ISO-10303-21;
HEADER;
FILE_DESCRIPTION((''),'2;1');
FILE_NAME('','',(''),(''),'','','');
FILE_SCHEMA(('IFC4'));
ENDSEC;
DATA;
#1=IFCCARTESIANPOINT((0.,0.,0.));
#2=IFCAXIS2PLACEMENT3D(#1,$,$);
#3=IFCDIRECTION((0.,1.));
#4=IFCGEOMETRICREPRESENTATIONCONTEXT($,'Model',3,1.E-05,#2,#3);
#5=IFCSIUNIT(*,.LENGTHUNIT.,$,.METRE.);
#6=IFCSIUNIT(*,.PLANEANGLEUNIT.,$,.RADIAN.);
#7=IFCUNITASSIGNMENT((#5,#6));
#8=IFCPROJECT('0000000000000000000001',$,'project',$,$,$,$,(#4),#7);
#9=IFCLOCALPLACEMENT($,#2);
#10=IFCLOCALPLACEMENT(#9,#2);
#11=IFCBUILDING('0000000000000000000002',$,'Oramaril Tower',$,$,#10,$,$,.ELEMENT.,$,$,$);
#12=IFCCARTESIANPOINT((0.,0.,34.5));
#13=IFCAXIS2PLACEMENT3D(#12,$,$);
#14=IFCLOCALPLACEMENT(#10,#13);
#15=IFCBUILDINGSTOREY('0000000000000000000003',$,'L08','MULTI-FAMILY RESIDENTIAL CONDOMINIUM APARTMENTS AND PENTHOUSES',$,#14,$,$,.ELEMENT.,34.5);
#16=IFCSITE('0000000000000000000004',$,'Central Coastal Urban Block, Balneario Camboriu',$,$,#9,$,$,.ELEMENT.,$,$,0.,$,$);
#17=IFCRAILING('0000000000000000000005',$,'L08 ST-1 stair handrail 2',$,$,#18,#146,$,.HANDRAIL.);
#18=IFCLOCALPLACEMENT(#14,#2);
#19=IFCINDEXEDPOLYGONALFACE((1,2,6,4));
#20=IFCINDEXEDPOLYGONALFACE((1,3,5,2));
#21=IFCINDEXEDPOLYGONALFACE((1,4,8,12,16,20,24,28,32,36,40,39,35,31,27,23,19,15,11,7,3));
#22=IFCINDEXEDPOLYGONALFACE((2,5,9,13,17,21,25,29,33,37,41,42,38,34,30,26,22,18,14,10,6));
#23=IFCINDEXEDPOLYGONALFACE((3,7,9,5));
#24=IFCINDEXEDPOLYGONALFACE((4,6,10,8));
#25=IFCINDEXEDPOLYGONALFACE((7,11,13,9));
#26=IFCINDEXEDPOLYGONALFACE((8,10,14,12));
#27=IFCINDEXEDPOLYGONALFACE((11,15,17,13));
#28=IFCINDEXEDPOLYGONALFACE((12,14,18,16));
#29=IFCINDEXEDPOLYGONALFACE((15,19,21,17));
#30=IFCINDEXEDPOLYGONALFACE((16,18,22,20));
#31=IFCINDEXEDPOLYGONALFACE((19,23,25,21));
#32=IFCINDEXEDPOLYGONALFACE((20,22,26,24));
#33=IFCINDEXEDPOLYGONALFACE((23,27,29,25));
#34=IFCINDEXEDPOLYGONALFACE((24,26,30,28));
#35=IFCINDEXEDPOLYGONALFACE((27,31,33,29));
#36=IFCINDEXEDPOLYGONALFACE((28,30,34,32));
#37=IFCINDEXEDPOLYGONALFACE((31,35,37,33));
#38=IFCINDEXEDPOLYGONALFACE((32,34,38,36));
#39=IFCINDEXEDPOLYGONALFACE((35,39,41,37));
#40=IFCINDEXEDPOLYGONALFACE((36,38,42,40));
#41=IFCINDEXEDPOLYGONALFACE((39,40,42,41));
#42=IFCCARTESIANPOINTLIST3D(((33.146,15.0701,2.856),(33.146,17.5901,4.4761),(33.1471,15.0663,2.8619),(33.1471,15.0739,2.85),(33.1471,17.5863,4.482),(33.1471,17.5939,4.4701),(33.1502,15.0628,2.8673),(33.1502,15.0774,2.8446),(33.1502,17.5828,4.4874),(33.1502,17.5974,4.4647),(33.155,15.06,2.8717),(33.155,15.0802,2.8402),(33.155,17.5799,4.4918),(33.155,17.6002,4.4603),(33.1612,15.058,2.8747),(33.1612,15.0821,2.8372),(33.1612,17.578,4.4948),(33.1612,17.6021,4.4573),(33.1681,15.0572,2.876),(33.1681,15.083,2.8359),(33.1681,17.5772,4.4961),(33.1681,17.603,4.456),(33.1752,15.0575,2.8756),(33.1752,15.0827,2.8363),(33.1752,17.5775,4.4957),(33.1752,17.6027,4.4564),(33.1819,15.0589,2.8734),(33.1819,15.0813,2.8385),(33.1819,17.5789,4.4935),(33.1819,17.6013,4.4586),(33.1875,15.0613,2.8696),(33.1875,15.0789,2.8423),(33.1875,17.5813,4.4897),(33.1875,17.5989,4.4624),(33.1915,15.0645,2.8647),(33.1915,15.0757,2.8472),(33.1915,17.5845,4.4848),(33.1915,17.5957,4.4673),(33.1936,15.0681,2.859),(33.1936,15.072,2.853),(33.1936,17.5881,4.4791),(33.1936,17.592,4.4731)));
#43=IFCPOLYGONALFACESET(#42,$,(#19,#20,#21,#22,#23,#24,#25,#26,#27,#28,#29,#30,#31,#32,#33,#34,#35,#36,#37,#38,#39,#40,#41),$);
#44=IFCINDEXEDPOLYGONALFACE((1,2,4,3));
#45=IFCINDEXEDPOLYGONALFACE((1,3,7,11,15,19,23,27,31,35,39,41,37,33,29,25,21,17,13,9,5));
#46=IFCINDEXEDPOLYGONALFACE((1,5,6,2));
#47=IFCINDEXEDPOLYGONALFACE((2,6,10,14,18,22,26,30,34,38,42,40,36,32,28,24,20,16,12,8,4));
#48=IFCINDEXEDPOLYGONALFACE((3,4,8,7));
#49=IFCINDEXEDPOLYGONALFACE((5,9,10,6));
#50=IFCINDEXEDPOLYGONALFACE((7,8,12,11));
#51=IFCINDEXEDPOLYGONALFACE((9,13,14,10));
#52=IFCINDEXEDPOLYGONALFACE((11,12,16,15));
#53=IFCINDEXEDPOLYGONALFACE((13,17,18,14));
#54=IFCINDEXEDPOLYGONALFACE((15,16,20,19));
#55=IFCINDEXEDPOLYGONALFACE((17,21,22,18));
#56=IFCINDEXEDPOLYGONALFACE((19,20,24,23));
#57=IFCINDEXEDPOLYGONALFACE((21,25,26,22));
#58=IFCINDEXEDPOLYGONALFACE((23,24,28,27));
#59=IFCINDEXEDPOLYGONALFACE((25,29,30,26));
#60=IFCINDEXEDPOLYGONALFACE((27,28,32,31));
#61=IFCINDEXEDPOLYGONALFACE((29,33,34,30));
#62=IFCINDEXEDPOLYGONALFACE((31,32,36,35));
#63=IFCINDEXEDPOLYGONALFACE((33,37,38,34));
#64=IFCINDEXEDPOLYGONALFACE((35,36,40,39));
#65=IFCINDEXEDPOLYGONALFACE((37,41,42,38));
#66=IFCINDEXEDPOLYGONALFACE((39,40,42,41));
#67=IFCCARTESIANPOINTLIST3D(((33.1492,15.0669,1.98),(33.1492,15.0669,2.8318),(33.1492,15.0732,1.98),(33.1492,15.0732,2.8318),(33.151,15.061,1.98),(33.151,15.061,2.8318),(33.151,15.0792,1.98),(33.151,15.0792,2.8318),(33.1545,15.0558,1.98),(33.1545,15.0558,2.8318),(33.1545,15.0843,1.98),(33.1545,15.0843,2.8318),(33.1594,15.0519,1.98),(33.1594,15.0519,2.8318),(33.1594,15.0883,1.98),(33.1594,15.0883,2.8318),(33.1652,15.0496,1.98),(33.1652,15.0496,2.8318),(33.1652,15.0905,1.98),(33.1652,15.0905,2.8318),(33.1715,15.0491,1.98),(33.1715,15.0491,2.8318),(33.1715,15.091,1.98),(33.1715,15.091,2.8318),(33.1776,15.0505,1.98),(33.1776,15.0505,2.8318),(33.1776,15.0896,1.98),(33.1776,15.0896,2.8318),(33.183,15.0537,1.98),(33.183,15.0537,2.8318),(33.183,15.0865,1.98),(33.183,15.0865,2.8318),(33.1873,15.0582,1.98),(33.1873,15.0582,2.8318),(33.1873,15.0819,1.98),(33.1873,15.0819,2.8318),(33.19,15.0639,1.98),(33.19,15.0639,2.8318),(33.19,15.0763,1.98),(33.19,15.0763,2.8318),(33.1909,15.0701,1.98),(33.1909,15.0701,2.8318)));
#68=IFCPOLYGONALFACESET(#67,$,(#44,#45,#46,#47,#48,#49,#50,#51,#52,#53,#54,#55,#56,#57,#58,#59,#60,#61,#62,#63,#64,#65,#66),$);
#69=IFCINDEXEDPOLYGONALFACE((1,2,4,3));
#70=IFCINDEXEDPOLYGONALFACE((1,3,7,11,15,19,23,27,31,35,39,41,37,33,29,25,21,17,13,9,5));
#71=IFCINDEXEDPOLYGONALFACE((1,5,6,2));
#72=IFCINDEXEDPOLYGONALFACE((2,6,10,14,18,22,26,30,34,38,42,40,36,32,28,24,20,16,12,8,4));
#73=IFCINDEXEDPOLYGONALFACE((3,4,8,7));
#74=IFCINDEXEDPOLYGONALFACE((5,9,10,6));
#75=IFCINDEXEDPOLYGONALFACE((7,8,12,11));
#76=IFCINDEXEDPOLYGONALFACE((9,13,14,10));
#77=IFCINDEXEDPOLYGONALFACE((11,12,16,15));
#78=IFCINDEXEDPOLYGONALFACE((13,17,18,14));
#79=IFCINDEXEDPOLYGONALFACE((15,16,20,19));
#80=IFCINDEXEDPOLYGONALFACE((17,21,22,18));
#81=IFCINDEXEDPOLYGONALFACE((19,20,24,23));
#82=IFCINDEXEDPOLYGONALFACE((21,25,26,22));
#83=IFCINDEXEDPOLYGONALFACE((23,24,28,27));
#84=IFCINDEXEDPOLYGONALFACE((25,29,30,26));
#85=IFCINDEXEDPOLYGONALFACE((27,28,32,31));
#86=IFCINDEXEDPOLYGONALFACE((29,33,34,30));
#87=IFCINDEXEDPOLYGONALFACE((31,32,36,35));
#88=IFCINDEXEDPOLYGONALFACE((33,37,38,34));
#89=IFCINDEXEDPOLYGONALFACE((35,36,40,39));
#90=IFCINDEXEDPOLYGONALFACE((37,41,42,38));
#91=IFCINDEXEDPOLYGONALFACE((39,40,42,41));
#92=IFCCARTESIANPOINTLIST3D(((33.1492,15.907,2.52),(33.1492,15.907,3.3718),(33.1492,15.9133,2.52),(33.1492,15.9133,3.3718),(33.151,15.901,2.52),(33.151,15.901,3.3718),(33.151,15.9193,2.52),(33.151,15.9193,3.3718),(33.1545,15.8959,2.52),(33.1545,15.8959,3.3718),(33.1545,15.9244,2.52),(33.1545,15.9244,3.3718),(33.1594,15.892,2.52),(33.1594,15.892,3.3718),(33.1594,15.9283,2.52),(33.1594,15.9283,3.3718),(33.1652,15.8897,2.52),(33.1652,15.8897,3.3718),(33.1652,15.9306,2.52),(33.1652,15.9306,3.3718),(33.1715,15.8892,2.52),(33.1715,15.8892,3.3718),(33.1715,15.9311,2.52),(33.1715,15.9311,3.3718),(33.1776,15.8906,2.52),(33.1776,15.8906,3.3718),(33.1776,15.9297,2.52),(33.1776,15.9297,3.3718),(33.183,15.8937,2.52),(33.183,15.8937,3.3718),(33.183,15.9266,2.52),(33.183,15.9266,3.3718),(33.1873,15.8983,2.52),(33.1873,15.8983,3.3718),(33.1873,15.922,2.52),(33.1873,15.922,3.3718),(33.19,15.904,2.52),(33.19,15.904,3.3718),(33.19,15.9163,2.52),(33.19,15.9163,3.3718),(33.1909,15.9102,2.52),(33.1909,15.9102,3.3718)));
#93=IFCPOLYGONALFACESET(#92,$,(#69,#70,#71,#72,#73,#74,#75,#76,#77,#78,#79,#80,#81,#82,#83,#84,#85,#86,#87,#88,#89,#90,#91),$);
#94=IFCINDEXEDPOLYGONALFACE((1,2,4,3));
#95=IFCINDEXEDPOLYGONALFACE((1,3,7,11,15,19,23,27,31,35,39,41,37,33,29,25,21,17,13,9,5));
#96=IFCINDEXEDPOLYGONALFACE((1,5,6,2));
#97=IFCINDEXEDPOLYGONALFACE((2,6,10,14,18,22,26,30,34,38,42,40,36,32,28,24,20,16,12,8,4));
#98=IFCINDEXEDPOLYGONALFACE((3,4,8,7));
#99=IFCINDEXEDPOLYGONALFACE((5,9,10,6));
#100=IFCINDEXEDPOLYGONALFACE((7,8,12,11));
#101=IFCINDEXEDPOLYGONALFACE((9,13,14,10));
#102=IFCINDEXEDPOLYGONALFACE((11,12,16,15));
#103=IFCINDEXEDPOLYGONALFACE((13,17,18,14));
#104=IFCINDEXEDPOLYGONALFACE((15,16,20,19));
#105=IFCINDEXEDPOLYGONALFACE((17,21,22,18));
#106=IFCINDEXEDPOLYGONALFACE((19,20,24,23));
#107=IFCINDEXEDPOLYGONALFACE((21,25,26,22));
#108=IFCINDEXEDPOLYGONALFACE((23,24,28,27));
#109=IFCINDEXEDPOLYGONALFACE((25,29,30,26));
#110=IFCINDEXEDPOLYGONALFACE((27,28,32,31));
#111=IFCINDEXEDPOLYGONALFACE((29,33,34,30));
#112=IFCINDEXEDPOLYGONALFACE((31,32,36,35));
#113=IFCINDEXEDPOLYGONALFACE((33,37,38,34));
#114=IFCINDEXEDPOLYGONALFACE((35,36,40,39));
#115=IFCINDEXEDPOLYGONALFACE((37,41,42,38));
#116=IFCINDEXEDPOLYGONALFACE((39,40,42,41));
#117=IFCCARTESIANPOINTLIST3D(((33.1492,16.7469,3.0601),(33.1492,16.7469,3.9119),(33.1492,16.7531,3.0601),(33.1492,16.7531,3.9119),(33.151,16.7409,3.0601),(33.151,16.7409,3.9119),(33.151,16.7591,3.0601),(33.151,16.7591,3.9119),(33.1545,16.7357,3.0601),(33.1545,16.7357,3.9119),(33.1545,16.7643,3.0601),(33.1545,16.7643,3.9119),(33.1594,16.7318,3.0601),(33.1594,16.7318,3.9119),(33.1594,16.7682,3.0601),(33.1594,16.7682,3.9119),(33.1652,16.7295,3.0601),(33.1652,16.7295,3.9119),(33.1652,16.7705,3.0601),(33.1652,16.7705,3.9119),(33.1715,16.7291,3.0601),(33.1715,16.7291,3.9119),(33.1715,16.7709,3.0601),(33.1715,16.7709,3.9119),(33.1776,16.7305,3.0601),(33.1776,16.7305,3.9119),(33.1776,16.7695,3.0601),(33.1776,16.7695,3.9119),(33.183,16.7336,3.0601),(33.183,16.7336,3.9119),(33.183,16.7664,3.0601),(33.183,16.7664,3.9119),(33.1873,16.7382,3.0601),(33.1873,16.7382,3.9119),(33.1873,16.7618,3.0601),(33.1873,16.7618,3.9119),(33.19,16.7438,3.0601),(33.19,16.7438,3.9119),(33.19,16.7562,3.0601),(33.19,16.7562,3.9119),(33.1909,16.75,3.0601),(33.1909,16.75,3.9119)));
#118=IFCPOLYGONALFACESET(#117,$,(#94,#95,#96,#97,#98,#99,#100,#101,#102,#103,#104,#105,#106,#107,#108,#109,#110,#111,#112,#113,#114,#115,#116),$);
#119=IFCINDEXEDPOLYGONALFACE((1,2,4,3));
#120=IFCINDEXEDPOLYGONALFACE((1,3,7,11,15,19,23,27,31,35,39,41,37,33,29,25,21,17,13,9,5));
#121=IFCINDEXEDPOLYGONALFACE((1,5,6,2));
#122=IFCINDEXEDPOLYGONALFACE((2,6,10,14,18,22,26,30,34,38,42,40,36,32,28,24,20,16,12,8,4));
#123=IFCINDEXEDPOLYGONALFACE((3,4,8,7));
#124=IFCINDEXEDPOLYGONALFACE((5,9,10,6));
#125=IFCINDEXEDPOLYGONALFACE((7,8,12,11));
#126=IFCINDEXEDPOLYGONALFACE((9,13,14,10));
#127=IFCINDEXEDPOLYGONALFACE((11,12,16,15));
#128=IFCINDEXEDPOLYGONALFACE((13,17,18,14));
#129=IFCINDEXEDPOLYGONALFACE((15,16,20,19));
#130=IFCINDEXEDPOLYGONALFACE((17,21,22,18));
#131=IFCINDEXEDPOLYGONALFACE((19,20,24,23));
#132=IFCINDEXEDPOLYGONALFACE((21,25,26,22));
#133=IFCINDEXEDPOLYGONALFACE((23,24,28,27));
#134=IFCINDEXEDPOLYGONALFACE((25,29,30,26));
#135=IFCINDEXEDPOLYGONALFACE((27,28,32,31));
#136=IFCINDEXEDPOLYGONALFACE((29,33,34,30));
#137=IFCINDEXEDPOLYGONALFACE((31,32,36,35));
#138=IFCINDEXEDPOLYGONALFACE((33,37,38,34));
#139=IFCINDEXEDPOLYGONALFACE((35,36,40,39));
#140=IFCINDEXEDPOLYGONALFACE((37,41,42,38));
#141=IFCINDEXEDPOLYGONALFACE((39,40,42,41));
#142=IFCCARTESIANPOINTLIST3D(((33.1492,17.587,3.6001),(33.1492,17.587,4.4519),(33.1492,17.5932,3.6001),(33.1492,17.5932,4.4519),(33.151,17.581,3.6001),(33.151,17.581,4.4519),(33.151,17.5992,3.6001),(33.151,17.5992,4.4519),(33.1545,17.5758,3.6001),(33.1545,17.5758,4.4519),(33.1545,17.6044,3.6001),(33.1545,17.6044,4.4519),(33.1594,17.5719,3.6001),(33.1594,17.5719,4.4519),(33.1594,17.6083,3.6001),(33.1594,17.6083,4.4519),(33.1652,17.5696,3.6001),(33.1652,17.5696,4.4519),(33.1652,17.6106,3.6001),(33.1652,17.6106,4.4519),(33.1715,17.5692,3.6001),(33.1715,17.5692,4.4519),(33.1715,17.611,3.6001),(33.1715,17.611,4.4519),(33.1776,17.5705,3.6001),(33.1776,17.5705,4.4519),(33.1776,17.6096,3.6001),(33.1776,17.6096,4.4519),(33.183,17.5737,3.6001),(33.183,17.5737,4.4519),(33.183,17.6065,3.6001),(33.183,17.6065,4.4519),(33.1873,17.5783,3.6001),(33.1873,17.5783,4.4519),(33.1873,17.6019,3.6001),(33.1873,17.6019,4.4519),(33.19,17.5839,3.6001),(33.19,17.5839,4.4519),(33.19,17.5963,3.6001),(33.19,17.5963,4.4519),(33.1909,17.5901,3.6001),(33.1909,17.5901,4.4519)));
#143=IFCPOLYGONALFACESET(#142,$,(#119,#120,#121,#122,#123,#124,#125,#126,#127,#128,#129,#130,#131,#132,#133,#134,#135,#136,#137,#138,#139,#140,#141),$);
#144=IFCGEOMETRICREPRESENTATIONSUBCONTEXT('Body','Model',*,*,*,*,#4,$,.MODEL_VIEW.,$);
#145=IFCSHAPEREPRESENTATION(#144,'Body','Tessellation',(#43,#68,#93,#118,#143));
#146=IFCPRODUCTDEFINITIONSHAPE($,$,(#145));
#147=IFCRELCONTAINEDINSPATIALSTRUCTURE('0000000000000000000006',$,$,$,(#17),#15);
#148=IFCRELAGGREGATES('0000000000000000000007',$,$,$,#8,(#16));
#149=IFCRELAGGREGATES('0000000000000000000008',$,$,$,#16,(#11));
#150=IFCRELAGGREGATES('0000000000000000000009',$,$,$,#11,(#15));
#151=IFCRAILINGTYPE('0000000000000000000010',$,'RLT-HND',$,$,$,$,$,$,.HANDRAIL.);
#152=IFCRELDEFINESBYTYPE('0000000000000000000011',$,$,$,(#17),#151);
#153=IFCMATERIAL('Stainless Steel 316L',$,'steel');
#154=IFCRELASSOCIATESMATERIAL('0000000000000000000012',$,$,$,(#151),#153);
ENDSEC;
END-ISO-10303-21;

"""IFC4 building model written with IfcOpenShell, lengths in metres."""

from ifc_helpers import new_model, si_unit, direction, frame, origin, origin_2d, place, context, subcontext, project, spatial, circle, extrude, material, type_object, element, save


model = new_model("IFC4")

# Units and contexts
model_context = context("Model", 3, precision=1e-05, world=origin(), true_north=direction((0.0, 1.0)))
body_context = subcontext(model_context, "Body", "Model", "MODEL_VIEW")
ifc_project = project(units=[si_unit("LENGTHUNIT", "METRE"), si_unit("PLANEANGLEUNIT", "RADIAN")], contexts=[model_context])

# Site, building, storey
site_placement = place(None, origin())
site = spatial("IfcSite", under=ifc_project, at=site_placement, Name="Central Coastal Urban Block, Balneario Camboriu", CompositionType="ELEMENT", RefElevation=0.0)
building_placement = place(site_placement, origin())
building = spatial("IfcBuilding", under=site, at=building_placement, Name="Oramaril Tower", CompositionType="ELEMENT")
storey_placement = place(building_placement, frame((0.0, 0.0, 34.5)))
storey = spatial("IfcBuildingStorey", under=building, at=storey_placement, Name="L08", Description="MULTI-FAMILY RESIDENTIAL CONDOMINIUM APARTMENTS AND PENTHOUSES", CompositionType="ELEMENT", Elevation=34.5)

# Railing
ifc_material_1 = material(Name="Stainless Steel 316L", Category="steel")
railing_type_1 = type_object("IfcRailingType", Name="RLT-HND", PredefinedType="HANDRAIL", material=ifc_material_1)
railing_1_placement = place(storey_placement, frame((33.1699, 15.0701, 1.98)))
element("IfcRailing", 1, at=railing_1_placement, inside=storey, type_object=railing_type_1, Name="L08 ST-1 stair handrail 2", PredefinedType="HANDRAIL", context=body_context, shape_type="SweptSolid", body=[
    extrude(circle(Radius=0.0239, at=origin_2d()), frame((0.0, 0.0, 0.876), z_axis=(0.0, 0.841163, 0.540782), x_axis=(-1.0, 0.0, 0.0)), (0.0, 0.0, 1.0), 2.9958),
    extrude(circle(Radius=0.021, at=origin_2d()), origin(), (0.0, 0.0, 1.0), 0.8518),
    extrude(circle(Radius=0.021, at=origin_2d()), frame((0.0, 0.8401, 0.54)), (0.0, 0.0, 1.0), 0.8518),
    extrude(circle(Radius=0.021, at=origin_2d()), frame((0.0, 1.6799, 1.0801)), (0.0, 0.0, 1.0), 0.8518),
    extrude(circle(Radius=0.021, at=origin_2d()), frame((0.0, 2.52, 1.6201)), (0.0, 0.0, 1.0), 0.8518),
])

save(model, "model.ifc")
